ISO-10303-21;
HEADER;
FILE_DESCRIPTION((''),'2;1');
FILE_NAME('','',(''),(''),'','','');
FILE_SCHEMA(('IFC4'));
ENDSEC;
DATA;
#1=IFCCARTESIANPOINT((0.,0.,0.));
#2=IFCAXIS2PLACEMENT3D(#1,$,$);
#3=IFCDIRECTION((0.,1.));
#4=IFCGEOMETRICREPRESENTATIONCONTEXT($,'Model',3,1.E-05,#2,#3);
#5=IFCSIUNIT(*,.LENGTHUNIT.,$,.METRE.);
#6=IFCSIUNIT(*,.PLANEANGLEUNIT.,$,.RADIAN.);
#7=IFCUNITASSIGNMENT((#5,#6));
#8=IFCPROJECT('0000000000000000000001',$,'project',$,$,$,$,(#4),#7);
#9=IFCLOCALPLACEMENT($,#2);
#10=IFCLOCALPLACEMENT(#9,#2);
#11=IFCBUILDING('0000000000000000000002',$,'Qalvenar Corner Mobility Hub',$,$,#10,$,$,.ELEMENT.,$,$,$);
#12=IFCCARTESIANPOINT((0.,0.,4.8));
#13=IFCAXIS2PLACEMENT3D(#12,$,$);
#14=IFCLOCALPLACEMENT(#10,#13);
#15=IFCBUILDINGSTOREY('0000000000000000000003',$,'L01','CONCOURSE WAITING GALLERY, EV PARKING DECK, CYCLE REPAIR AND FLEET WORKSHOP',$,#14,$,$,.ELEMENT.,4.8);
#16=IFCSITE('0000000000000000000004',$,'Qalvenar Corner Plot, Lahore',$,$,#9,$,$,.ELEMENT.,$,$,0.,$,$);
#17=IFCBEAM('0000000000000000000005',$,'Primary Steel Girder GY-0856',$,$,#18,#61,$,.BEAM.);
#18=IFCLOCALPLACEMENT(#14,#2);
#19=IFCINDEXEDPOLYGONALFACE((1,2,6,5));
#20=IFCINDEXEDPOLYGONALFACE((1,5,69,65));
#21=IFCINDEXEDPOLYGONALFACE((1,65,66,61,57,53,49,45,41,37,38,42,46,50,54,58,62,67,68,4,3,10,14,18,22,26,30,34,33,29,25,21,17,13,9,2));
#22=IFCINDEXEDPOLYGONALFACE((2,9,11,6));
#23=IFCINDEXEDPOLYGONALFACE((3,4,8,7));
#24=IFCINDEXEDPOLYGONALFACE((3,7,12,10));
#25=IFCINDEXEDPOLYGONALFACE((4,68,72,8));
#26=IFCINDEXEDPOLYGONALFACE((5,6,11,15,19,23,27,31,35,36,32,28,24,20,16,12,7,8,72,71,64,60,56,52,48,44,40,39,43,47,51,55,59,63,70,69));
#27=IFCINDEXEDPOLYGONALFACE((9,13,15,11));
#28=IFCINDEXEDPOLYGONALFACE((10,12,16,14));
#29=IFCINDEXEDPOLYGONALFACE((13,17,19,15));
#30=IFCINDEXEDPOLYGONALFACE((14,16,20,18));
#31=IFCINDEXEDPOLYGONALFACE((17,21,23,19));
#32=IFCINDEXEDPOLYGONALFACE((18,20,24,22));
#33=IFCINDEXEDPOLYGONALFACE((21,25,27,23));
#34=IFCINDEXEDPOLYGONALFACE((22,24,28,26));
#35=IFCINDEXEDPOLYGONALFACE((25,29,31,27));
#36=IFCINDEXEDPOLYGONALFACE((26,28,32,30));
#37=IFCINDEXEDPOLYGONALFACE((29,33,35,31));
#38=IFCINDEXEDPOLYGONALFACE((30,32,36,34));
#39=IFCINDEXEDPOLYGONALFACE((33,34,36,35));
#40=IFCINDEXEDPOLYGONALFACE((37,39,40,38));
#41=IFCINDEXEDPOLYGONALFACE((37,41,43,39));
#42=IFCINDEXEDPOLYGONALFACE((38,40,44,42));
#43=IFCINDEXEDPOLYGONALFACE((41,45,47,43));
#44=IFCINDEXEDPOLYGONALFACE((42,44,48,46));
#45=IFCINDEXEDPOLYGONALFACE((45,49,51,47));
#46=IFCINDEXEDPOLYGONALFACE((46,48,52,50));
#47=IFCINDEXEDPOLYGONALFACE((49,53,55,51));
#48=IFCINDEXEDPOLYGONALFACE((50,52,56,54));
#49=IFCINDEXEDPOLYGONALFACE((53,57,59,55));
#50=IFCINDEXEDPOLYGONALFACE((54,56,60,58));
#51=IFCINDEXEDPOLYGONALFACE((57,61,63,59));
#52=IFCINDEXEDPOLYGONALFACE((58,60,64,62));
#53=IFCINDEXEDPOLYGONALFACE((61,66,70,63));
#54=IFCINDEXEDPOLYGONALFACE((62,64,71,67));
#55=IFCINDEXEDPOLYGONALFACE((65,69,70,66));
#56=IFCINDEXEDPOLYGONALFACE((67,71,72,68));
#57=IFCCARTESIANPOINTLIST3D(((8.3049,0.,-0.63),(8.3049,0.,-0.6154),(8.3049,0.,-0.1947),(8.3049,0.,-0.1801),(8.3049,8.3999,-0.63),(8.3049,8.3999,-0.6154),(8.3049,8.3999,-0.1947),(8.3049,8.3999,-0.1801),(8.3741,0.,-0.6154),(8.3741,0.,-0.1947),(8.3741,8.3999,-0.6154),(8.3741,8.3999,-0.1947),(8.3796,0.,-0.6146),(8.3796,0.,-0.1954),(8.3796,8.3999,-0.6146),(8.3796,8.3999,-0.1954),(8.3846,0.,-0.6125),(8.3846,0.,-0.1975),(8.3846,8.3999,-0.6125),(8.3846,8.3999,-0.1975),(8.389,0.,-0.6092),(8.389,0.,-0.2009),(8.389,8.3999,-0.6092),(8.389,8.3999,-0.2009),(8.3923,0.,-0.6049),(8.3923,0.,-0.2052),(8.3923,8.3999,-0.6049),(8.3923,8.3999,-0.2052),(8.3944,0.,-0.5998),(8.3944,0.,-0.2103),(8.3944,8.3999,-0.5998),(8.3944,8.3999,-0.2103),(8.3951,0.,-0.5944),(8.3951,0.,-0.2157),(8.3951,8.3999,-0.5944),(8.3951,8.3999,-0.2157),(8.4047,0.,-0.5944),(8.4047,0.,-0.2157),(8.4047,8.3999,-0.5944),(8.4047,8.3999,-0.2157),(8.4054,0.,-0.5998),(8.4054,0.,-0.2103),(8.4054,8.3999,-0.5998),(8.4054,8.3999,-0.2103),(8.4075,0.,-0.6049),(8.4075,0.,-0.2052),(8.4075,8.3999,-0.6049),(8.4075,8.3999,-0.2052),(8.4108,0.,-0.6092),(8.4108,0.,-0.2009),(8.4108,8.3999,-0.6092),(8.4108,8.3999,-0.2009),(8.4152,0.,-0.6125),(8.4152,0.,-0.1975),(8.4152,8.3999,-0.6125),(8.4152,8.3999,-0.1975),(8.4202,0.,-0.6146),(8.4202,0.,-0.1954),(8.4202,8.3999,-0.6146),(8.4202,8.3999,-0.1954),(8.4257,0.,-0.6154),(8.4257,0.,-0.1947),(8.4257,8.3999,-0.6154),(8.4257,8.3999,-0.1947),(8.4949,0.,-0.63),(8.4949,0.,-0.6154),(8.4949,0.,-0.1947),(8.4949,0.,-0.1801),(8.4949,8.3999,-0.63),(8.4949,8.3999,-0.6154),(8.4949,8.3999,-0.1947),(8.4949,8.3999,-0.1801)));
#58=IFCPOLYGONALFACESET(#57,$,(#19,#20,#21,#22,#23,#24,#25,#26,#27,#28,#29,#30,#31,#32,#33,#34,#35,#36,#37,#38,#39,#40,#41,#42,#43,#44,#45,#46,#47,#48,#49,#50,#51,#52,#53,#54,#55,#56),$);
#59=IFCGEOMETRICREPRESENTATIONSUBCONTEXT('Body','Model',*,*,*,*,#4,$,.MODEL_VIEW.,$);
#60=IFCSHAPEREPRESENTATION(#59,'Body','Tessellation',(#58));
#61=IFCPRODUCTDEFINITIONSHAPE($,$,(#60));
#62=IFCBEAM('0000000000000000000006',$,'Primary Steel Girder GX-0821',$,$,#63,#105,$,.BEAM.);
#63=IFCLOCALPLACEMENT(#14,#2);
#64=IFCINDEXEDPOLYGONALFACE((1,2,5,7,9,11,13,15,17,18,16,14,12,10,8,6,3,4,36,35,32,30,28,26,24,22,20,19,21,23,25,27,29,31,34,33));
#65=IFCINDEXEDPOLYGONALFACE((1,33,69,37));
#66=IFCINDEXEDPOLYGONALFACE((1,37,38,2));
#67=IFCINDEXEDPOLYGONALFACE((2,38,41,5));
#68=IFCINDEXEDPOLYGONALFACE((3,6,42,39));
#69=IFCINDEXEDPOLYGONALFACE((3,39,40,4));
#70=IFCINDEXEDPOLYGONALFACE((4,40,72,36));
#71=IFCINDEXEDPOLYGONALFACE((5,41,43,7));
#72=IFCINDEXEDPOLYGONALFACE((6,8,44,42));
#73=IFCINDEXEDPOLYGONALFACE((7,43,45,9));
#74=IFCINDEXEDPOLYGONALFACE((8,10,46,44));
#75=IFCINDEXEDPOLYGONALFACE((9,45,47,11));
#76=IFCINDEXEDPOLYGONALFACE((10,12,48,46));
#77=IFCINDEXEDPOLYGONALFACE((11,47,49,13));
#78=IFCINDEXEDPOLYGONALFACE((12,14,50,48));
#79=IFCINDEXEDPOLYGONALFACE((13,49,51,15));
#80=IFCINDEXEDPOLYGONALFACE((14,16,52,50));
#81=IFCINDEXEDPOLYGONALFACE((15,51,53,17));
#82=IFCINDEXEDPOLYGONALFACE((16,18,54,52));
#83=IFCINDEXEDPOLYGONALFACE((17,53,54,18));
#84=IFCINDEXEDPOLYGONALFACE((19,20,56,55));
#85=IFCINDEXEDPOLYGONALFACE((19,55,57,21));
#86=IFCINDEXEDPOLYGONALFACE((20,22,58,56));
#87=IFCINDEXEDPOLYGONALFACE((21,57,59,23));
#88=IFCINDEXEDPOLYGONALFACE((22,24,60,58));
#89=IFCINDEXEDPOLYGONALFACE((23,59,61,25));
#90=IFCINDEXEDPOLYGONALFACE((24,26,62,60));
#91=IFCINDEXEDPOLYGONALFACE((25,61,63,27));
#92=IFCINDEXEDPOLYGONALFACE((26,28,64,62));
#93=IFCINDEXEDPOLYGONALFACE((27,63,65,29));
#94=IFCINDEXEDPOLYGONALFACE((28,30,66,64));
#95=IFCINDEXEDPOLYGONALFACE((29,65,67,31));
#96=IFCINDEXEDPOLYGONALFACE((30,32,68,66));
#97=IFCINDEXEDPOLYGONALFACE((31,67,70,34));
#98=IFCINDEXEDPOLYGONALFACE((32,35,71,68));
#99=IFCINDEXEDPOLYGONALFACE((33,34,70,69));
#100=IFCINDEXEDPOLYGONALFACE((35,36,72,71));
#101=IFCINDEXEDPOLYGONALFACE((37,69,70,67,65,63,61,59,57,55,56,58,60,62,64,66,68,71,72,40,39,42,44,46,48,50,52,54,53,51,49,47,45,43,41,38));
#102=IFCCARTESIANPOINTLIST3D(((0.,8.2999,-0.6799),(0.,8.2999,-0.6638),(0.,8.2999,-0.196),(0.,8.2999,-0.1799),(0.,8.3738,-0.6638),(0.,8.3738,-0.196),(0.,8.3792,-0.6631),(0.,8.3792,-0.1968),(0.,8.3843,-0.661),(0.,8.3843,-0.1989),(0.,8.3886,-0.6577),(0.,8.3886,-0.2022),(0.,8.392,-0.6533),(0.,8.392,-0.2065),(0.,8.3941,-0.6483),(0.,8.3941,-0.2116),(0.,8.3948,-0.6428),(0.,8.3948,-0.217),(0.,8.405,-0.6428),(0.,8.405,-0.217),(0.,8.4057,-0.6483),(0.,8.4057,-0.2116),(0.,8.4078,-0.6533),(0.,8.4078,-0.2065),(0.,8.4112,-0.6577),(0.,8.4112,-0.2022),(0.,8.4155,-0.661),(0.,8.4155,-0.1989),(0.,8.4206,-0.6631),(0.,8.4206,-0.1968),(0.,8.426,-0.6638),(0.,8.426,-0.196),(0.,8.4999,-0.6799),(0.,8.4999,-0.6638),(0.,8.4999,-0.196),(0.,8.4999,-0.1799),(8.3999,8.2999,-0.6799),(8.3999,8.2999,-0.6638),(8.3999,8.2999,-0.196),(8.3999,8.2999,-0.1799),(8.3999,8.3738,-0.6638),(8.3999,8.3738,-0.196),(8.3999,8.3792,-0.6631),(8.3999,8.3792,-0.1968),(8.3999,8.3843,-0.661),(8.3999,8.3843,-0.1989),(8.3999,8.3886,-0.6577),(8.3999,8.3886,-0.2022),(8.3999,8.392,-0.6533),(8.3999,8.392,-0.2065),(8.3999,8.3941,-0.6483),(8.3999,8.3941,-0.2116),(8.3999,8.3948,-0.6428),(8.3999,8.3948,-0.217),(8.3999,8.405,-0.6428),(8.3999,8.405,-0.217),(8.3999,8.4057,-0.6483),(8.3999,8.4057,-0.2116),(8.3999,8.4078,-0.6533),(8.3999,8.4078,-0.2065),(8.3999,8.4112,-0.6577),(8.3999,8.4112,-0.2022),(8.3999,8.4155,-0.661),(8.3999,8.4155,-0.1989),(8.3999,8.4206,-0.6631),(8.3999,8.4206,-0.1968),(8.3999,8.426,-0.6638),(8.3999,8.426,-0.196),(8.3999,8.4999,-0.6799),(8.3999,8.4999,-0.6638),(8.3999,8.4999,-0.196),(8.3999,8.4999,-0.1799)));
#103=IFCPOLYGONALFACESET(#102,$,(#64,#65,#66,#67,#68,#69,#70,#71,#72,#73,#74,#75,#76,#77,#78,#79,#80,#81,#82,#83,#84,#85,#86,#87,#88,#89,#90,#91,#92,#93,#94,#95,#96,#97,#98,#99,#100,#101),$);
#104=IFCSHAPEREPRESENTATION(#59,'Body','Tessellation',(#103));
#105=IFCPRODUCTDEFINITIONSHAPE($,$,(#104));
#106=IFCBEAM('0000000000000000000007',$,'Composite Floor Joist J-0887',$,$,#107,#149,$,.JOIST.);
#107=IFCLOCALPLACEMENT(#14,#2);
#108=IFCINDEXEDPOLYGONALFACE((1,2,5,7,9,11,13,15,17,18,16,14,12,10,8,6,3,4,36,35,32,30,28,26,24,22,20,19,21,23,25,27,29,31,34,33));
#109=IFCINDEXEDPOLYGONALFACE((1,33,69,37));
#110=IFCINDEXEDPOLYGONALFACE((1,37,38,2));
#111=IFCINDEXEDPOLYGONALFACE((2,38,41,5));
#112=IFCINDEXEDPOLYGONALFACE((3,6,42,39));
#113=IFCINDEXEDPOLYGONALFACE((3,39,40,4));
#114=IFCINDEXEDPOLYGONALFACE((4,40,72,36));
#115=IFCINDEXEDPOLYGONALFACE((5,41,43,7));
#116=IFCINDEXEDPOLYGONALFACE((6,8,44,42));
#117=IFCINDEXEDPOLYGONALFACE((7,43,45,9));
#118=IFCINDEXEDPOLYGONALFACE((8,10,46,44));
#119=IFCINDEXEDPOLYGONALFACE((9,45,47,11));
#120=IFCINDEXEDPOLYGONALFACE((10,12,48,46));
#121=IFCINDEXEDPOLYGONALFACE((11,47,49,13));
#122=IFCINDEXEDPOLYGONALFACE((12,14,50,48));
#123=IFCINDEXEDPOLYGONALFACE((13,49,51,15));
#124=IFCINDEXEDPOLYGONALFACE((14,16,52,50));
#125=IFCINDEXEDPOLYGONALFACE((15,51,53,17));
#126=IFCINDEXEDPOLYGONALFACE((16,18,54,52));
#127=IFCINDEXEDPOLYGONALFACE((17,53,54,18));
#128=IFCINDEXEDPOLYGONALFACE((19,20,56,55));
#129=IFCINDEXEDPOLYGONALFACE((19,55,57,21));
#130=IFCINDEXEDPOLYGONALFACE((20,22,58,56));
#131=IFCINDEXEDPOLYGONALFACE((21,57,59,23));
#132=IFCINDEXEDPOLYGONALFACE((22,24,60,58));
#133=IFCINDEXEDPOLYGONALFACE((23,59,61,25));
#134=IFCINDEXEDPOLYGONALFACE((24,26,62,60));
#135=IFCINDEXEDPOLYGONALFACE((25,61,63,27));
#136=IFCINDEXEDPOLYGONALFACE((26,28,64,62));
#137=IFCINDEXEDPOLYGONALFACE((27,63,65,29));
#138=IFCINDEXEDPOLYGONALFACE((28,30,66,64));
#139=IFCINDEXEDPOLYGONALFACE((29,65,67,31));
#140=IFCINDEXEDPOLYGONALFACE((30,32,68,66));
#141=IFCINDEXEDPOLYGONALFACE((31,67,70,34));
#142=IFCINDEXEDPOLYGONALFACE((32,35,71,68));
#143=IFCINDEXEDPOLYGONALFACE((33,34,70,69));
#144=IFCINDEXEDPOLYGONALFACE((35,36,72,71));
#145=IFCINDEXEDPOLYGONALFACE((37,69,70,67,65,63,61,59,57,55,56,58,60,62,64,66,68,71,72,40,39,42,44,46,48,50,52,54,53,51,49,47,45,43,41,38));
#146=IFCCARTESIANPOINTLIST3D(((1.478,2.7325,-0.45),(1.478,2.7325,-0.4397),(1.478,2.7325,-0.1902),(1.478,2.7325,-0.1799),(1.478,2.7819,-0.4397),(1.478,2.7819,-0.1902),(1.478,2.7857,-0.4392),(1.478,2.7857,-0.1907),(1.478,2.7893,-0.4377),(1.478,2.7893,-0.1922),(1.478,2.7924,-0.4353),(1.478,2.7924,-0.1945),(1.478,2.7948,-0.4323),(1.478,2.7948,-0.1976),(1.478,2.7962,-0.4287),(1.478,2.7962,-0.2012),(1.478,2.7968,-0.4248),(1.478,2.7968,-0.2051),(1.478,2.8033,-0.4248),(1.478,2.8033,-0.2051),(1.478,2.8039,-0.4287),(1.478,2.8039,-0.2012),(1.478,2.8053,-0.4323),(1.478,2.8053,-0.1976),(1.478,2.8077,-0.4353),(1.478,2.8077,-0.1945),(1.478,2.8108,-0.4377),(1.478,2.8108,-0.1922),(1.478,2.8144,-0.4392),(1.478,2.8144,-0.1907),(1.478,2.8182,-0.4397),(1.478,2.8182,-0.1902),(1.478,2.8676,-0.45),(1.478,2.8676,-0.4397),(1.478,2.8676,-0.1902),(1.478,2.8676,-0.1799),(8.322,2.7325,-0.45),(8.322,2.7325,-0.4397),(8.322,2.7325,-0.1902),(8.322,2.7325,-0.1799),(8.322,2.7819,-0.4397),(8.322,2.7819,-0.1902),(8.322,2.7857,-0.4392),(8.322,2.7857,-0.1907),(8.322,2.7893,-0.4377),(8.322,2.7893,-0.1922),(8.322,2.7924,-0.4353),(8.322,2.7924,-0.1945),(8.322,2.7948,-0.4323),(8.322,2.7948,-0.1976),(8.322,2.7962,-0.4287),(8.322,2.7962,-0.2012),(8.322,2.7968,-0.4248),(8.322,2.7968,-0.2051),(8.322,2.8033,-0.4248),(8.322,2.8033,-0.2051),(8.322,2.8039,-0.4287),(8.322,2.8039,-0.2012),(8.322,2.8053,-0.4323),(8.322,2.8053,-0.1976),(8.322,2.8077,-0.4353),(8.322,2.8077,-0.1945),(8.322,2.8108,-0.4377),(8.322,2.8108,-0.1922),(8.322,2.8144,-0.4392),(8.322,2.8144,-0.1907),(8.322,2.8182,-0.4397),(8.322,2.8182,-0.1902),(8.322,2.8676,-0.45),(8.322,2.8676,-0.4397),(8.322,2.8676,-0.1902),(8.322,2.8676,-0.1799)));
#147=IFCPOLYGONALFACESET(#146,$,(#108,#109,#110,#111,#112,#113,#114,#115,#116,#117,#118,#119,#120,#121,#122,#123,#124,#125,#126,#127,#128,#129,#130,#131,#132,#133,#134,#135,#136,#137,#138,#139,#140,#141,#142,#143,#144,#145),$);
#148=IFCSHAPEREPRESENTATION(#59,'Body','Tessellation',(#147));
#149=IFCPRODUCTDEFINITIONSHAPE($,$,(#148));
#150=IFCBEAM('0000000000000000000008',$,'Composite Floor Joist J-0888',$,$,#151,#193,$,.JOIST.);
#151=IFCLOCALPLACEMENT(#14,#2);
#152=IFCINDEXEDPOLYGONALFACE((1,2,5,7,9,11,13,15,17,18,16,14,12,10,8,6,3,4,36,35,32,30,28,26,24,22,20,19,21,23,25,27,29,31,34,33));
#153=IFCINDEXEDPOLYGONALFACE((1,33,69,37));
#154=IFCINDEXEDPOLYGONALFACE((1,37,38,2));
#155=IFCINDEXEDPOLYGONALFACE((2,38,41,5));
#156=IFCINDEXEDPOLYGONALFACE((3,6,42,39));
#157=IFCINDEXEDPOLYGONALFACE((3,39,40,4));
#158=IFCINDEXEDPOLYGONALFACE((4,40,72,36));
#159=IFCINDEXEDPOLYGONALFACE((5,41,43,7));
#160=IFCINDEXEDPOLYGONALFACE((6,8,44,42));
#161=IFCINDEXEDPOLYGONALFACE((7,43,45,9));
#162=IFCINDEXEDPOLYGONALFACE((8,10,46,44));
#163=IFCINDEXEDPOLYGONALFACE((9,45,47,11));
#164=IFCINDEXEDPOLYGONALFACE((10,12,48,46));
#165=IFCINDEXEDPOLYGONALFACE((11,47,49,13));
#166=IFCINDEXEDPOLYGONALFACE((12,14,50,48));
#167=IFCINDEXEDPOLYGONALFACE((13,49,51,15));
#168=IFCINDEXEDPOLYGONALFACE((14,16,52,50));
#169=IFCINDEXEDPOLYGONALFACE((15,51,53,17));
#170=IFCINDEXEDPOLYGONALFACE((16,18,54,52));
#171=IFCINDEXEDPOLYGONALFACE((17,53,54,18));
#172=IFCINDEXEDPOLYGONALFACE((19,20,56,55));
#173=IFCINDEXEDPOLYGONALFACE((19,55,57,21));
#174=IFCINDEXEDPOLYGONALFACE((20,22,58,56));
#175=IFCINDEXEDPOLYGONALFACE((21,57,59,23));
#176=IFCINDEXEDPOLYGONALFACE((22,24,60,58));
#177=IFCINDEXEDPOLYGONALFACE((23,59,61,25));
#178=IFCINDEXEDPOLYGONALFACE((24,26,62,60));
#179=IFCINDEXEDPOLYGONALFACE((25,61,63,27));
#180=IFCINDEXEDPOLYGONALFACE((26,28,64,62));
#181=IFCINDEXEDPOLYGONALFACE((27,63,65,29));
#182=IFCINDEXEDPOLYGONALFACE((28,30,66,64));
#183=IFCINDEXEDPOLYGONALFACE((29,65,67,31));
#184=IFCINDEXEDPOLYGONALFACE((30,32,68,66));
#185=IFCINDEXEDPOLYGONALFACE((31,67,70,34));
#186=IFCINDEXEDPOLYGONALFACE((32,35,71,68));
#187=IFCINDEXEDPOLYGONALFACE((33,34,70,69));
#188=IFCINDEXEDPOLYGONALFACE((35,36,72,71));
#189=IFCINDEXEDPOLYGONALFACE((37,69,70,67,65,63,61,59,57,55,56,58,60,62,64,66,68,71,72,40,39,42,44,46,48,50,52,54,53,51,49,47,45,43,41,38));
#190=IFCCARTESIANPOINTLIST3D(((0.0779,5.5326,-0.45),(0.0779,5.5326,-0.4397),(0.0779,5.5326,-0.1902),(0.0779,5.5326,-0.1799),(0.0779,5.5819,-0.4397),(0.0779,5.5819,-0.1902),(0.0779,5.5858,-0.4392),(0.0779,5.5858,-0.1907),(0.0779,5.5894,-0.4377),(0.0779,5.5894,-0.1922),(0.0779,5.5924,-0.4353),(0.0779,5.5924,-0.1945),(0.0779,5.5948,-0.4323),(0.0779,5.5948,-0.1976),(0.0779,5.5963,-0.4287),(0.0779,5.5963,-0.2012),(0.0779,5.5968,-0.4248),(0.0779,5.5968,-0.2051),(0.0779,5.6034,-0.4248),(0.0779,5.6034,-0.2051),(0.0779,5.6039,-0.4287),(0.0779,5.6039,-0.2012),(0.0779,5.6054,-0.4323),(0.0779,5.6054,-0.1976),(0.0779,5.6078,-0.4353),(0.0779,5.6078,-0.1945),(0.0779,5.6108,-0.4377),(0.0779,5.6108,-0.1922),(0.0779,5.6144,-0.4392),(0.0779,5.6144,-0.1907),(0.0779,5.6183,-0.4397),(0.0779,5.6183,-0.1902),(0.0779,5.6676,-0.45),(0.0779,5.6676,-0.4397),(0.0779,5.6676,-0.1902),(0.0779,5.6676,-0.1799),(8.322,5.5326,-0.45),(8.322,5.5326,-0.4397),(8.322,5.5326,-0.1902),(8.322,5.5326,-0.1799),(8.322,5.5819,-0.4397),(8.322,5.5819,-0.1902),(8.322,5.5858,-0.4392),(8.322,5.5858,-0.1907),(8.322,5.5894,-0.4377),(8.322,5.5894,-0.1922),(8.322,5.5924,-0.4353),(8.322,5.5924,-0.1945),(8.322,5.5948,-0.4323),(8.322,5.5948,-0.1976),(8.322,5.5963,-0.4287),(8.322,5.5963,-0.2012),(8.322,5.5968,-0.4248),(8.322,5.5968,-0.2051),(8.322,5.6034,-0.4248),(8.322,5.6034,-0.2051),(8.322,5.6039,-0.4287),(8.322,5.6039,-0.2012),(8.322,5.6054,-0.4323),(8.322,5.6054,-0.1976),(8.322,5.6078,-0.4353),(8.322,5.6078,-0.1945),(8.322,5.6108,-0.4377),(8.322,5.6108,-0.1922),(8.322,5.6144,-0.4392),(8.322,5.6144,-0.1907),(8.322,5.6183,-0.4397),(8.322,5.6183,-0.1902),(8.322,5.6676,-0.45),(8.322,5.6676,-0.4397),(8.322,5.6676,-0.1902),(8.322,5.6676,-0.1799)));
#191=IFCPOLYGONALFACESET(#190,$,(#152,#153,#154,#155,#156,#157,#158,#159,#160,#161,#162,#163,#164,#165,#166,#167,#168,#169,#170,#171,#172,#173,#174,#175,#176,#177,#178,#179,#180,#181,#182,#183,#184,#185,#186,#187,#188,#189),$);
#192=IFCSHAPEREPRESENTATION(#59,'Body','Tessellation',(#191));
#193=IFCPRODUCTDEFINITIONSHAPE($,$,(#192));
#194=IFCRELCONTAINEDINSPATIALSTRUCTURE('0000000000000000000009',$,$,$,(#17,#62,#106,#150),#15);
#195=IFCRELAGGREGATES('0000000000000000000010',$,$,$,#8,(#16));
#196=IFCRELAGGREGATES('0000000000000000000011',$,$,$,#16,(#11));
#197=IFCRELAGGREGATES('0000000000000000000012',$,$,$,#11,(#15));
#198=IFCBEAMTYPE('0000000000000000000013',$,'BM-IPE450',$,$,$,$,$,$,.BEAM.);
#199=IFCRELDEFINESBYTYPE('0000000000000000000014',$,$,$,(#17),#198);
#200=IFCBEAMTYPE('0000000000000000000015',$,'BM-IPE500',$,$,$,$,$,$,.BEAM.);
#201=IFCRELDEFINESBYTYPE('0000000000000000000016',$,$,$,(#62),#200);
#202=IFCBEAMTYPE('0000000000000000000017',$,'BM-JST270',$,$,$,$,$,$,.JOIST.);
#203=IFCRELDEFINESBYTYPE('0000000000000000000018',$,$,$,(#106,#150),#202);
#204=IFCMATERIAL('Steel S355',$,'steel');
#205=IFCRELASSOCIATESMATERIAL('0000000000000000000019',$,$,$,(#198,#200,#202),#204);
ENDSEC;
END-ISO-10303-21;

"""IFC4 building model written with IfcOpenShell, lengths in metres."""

from ifc_helpers import new_model, si_unit, direction, frame, origin, origin_2d, place, context, subcontext, project, spatial, i_section, extrude, material, material_profile, profile_set, type_object, element, save


model = new_model("IFC4")

# Units and contexts
model_context = context("Model", 3, precision=1e-05, world=origin(), true_north=direction((0.0, 1.0)))
body_context = subcontext(model_context, "Body", "Model", "MODEL_VIEW")
ifc_project = project(units=[si_unit("LENGTHUNIT", "METRE"), si_unit("PLANEANGLEUNIT", "RADIAN")], contexts=[model_context])

# Site, building, storey
site_placement = place(None, origin())
site = spatial("IfcSite", under=ifc_project, at=site_placement, Name="Qalvenar Corner Plot, Lahore", CompositionType="ELEMENT", RefElevation=0.0)
building_placement = place(site_placement, origin())
building = spatial("IfcBuilding", under=site, at=building_placement, Name="Qalvenar Corner Mobility Hub", CompositionType="ELEMENT")
storey_placement = place(building_placement, frame((0.0, 0.0, 4.8)))
storey = spatial("IfcBuildingStorey", under=building, at=storey_placement, Name="L01", Description="CONCOURSE WAITING GALLERY, EV PARKING DECK, CYCLE REPAIR AND FLEET WORKSHOP", CompositionType="ELEMENT", Elevation=4.8)

# Shared definitions
ifc_material_1 = material(Name="Steel S355", Category="steel")

# Beams
ifc_material_profile_1 = material_profile(ifc_material_1, i_section(OverallWidth=0.1899, OverallDepth=0.45, WebThickness=0.0095, FlangeThickness=0.0146, FilletRadius=0.021, at=origin_2d()), Name="IPE450")
ifc_profile_set_1 = profile_set([ifc_material_profile_1], Name="Steel S355")
beam_type_1 = type_object("IfcBeamType", Name="BM-IPE450", PredefinedType="BEAM", material=ifc_profile_set_1)
beam_1_placement = place(storey_placement, frame((8.3999, 0.0, -0.405), z_axis=(0.0, 1.0, 0.0), x_axis=(-1.0, 0.0, 0.0)))
element("IfcBeam", 1, at=beam_1_placement, inside=storey, type_object=beam_type_1, Name="Primary Steel Girder GY-0856", PredefinedType="BEAM", context=body_context, shape_type="SweptSolid", body=[
    extrude(i_section(OverallWidth=0.1899, OverallDepth=0.45, WebThickness=0.0095, FlangeThickness=0.0146, FilletRadius=0.021, at=origin_2d()), origin(), (0.0, 0.0, 1.0), 8.3999),
])
ifc_material_profile_2 = material_profile(ifc_material_1, i_section(OverallWidth=0.2, OverallDepth=0.5, WebThickness=0.0103, FlangeThickness=0.0161, FilletRadius=0.021, at=origin_2d()), Name="IPE500")
ifc_profile_set_2 = profile_set([ifc_material_profile_2], Name="Steel S355")
beam_type_2 = type_object("IfcBeamType", Name="BM-IPE500", PredefinedType="BEAM", material=ifc_profile_set_2)
beam_2_placement = place(storey_placement, frame((0.0, 8.3999, -0.4299), z_axis=(1.0, 0.0, 0.0), x_axis=(0.0, 1.0, 0.0)))
element("IfcBeam", 2, at=beam_2_placement, inside=storey, type_object=beam_type_2, Name="Primary Steel Girder GX-0821", PredefinedType="BEAM", context=body_context, shape_type="SweptSolid", body=[
    extrude(i_section(OverallWidth=0.2, OverallDepth=0.5, WebThickness=0.0103, FlangeThickness=0.0161, FilletRadius=0.021, at=origin_2d()), origin(), (0.0, 0.0, 1.0), 8.3999),
])
ifc_material_profile_3 = material_profile(ifc_material_1, i_section(OverallWidth=0.135, OverallDepth=0.27, WebThickness=0.0066, FlangeThickness=0.0103, FilletRadius=0.0149, at=origin_2d()), Name="IPE270")
ifc_profile_set_3 = profile_set([ifc_material_profile_3], Name="Steel S355")
beam_type_3 = type_object("IfcBeamType", Name="BM-JST270", PredefinedType="JOIST", material=ifc_profile_set_3)
beam_3_placement = place(storey_placement, frame((1.478, 2.8, -0.3149), z_axis=(1.0, 0.0, 0.0), x_axis=(0.0, 1.0, 0.0)))
element("IfcBeam", 3, at=beam_3_placement, inside=storey, type_object=beam_type_3, Name="Composite Floor Joist J-0887", PredefinedType="JOIST", context=body_context, shape_type="SweptSolid", body=[
    extrude(i_section(OverallWidth=0.135, OverallDepth=0.27, WebThickness=0.0066, FlangeThickness=0.0103, FilletRadius=0.0149, at=origin_2d()), origin(), (0.0, 0.0, 1.0), 6.844),
])
beam_4_placement = place(storey_placement, frame((0.0779, 5.6001, -0.3149), z_axis=(1.0, 0.0, 0.0), x_axis=(0.0, 1.0, 0.0)))
element("IfcBeam", 4, at=beam_4_placement, inside=storey, type_object=beam_type_3, Name="Composite Floor Joist J-0888", PredefinedType="JOIST", context=body_context, shape_type="SweptSolid", body=[
    extrude(i_section(OverallWidth=0.135, OverallDepth=0.27, WebThickness=0.0066, FlangeThickness=0.0103, FilletRadius=0.0149, at=origin_2d()), origin(), (0.0, 0.0, 1.0), 8.2441),
])

save(model, "model.ifc")
